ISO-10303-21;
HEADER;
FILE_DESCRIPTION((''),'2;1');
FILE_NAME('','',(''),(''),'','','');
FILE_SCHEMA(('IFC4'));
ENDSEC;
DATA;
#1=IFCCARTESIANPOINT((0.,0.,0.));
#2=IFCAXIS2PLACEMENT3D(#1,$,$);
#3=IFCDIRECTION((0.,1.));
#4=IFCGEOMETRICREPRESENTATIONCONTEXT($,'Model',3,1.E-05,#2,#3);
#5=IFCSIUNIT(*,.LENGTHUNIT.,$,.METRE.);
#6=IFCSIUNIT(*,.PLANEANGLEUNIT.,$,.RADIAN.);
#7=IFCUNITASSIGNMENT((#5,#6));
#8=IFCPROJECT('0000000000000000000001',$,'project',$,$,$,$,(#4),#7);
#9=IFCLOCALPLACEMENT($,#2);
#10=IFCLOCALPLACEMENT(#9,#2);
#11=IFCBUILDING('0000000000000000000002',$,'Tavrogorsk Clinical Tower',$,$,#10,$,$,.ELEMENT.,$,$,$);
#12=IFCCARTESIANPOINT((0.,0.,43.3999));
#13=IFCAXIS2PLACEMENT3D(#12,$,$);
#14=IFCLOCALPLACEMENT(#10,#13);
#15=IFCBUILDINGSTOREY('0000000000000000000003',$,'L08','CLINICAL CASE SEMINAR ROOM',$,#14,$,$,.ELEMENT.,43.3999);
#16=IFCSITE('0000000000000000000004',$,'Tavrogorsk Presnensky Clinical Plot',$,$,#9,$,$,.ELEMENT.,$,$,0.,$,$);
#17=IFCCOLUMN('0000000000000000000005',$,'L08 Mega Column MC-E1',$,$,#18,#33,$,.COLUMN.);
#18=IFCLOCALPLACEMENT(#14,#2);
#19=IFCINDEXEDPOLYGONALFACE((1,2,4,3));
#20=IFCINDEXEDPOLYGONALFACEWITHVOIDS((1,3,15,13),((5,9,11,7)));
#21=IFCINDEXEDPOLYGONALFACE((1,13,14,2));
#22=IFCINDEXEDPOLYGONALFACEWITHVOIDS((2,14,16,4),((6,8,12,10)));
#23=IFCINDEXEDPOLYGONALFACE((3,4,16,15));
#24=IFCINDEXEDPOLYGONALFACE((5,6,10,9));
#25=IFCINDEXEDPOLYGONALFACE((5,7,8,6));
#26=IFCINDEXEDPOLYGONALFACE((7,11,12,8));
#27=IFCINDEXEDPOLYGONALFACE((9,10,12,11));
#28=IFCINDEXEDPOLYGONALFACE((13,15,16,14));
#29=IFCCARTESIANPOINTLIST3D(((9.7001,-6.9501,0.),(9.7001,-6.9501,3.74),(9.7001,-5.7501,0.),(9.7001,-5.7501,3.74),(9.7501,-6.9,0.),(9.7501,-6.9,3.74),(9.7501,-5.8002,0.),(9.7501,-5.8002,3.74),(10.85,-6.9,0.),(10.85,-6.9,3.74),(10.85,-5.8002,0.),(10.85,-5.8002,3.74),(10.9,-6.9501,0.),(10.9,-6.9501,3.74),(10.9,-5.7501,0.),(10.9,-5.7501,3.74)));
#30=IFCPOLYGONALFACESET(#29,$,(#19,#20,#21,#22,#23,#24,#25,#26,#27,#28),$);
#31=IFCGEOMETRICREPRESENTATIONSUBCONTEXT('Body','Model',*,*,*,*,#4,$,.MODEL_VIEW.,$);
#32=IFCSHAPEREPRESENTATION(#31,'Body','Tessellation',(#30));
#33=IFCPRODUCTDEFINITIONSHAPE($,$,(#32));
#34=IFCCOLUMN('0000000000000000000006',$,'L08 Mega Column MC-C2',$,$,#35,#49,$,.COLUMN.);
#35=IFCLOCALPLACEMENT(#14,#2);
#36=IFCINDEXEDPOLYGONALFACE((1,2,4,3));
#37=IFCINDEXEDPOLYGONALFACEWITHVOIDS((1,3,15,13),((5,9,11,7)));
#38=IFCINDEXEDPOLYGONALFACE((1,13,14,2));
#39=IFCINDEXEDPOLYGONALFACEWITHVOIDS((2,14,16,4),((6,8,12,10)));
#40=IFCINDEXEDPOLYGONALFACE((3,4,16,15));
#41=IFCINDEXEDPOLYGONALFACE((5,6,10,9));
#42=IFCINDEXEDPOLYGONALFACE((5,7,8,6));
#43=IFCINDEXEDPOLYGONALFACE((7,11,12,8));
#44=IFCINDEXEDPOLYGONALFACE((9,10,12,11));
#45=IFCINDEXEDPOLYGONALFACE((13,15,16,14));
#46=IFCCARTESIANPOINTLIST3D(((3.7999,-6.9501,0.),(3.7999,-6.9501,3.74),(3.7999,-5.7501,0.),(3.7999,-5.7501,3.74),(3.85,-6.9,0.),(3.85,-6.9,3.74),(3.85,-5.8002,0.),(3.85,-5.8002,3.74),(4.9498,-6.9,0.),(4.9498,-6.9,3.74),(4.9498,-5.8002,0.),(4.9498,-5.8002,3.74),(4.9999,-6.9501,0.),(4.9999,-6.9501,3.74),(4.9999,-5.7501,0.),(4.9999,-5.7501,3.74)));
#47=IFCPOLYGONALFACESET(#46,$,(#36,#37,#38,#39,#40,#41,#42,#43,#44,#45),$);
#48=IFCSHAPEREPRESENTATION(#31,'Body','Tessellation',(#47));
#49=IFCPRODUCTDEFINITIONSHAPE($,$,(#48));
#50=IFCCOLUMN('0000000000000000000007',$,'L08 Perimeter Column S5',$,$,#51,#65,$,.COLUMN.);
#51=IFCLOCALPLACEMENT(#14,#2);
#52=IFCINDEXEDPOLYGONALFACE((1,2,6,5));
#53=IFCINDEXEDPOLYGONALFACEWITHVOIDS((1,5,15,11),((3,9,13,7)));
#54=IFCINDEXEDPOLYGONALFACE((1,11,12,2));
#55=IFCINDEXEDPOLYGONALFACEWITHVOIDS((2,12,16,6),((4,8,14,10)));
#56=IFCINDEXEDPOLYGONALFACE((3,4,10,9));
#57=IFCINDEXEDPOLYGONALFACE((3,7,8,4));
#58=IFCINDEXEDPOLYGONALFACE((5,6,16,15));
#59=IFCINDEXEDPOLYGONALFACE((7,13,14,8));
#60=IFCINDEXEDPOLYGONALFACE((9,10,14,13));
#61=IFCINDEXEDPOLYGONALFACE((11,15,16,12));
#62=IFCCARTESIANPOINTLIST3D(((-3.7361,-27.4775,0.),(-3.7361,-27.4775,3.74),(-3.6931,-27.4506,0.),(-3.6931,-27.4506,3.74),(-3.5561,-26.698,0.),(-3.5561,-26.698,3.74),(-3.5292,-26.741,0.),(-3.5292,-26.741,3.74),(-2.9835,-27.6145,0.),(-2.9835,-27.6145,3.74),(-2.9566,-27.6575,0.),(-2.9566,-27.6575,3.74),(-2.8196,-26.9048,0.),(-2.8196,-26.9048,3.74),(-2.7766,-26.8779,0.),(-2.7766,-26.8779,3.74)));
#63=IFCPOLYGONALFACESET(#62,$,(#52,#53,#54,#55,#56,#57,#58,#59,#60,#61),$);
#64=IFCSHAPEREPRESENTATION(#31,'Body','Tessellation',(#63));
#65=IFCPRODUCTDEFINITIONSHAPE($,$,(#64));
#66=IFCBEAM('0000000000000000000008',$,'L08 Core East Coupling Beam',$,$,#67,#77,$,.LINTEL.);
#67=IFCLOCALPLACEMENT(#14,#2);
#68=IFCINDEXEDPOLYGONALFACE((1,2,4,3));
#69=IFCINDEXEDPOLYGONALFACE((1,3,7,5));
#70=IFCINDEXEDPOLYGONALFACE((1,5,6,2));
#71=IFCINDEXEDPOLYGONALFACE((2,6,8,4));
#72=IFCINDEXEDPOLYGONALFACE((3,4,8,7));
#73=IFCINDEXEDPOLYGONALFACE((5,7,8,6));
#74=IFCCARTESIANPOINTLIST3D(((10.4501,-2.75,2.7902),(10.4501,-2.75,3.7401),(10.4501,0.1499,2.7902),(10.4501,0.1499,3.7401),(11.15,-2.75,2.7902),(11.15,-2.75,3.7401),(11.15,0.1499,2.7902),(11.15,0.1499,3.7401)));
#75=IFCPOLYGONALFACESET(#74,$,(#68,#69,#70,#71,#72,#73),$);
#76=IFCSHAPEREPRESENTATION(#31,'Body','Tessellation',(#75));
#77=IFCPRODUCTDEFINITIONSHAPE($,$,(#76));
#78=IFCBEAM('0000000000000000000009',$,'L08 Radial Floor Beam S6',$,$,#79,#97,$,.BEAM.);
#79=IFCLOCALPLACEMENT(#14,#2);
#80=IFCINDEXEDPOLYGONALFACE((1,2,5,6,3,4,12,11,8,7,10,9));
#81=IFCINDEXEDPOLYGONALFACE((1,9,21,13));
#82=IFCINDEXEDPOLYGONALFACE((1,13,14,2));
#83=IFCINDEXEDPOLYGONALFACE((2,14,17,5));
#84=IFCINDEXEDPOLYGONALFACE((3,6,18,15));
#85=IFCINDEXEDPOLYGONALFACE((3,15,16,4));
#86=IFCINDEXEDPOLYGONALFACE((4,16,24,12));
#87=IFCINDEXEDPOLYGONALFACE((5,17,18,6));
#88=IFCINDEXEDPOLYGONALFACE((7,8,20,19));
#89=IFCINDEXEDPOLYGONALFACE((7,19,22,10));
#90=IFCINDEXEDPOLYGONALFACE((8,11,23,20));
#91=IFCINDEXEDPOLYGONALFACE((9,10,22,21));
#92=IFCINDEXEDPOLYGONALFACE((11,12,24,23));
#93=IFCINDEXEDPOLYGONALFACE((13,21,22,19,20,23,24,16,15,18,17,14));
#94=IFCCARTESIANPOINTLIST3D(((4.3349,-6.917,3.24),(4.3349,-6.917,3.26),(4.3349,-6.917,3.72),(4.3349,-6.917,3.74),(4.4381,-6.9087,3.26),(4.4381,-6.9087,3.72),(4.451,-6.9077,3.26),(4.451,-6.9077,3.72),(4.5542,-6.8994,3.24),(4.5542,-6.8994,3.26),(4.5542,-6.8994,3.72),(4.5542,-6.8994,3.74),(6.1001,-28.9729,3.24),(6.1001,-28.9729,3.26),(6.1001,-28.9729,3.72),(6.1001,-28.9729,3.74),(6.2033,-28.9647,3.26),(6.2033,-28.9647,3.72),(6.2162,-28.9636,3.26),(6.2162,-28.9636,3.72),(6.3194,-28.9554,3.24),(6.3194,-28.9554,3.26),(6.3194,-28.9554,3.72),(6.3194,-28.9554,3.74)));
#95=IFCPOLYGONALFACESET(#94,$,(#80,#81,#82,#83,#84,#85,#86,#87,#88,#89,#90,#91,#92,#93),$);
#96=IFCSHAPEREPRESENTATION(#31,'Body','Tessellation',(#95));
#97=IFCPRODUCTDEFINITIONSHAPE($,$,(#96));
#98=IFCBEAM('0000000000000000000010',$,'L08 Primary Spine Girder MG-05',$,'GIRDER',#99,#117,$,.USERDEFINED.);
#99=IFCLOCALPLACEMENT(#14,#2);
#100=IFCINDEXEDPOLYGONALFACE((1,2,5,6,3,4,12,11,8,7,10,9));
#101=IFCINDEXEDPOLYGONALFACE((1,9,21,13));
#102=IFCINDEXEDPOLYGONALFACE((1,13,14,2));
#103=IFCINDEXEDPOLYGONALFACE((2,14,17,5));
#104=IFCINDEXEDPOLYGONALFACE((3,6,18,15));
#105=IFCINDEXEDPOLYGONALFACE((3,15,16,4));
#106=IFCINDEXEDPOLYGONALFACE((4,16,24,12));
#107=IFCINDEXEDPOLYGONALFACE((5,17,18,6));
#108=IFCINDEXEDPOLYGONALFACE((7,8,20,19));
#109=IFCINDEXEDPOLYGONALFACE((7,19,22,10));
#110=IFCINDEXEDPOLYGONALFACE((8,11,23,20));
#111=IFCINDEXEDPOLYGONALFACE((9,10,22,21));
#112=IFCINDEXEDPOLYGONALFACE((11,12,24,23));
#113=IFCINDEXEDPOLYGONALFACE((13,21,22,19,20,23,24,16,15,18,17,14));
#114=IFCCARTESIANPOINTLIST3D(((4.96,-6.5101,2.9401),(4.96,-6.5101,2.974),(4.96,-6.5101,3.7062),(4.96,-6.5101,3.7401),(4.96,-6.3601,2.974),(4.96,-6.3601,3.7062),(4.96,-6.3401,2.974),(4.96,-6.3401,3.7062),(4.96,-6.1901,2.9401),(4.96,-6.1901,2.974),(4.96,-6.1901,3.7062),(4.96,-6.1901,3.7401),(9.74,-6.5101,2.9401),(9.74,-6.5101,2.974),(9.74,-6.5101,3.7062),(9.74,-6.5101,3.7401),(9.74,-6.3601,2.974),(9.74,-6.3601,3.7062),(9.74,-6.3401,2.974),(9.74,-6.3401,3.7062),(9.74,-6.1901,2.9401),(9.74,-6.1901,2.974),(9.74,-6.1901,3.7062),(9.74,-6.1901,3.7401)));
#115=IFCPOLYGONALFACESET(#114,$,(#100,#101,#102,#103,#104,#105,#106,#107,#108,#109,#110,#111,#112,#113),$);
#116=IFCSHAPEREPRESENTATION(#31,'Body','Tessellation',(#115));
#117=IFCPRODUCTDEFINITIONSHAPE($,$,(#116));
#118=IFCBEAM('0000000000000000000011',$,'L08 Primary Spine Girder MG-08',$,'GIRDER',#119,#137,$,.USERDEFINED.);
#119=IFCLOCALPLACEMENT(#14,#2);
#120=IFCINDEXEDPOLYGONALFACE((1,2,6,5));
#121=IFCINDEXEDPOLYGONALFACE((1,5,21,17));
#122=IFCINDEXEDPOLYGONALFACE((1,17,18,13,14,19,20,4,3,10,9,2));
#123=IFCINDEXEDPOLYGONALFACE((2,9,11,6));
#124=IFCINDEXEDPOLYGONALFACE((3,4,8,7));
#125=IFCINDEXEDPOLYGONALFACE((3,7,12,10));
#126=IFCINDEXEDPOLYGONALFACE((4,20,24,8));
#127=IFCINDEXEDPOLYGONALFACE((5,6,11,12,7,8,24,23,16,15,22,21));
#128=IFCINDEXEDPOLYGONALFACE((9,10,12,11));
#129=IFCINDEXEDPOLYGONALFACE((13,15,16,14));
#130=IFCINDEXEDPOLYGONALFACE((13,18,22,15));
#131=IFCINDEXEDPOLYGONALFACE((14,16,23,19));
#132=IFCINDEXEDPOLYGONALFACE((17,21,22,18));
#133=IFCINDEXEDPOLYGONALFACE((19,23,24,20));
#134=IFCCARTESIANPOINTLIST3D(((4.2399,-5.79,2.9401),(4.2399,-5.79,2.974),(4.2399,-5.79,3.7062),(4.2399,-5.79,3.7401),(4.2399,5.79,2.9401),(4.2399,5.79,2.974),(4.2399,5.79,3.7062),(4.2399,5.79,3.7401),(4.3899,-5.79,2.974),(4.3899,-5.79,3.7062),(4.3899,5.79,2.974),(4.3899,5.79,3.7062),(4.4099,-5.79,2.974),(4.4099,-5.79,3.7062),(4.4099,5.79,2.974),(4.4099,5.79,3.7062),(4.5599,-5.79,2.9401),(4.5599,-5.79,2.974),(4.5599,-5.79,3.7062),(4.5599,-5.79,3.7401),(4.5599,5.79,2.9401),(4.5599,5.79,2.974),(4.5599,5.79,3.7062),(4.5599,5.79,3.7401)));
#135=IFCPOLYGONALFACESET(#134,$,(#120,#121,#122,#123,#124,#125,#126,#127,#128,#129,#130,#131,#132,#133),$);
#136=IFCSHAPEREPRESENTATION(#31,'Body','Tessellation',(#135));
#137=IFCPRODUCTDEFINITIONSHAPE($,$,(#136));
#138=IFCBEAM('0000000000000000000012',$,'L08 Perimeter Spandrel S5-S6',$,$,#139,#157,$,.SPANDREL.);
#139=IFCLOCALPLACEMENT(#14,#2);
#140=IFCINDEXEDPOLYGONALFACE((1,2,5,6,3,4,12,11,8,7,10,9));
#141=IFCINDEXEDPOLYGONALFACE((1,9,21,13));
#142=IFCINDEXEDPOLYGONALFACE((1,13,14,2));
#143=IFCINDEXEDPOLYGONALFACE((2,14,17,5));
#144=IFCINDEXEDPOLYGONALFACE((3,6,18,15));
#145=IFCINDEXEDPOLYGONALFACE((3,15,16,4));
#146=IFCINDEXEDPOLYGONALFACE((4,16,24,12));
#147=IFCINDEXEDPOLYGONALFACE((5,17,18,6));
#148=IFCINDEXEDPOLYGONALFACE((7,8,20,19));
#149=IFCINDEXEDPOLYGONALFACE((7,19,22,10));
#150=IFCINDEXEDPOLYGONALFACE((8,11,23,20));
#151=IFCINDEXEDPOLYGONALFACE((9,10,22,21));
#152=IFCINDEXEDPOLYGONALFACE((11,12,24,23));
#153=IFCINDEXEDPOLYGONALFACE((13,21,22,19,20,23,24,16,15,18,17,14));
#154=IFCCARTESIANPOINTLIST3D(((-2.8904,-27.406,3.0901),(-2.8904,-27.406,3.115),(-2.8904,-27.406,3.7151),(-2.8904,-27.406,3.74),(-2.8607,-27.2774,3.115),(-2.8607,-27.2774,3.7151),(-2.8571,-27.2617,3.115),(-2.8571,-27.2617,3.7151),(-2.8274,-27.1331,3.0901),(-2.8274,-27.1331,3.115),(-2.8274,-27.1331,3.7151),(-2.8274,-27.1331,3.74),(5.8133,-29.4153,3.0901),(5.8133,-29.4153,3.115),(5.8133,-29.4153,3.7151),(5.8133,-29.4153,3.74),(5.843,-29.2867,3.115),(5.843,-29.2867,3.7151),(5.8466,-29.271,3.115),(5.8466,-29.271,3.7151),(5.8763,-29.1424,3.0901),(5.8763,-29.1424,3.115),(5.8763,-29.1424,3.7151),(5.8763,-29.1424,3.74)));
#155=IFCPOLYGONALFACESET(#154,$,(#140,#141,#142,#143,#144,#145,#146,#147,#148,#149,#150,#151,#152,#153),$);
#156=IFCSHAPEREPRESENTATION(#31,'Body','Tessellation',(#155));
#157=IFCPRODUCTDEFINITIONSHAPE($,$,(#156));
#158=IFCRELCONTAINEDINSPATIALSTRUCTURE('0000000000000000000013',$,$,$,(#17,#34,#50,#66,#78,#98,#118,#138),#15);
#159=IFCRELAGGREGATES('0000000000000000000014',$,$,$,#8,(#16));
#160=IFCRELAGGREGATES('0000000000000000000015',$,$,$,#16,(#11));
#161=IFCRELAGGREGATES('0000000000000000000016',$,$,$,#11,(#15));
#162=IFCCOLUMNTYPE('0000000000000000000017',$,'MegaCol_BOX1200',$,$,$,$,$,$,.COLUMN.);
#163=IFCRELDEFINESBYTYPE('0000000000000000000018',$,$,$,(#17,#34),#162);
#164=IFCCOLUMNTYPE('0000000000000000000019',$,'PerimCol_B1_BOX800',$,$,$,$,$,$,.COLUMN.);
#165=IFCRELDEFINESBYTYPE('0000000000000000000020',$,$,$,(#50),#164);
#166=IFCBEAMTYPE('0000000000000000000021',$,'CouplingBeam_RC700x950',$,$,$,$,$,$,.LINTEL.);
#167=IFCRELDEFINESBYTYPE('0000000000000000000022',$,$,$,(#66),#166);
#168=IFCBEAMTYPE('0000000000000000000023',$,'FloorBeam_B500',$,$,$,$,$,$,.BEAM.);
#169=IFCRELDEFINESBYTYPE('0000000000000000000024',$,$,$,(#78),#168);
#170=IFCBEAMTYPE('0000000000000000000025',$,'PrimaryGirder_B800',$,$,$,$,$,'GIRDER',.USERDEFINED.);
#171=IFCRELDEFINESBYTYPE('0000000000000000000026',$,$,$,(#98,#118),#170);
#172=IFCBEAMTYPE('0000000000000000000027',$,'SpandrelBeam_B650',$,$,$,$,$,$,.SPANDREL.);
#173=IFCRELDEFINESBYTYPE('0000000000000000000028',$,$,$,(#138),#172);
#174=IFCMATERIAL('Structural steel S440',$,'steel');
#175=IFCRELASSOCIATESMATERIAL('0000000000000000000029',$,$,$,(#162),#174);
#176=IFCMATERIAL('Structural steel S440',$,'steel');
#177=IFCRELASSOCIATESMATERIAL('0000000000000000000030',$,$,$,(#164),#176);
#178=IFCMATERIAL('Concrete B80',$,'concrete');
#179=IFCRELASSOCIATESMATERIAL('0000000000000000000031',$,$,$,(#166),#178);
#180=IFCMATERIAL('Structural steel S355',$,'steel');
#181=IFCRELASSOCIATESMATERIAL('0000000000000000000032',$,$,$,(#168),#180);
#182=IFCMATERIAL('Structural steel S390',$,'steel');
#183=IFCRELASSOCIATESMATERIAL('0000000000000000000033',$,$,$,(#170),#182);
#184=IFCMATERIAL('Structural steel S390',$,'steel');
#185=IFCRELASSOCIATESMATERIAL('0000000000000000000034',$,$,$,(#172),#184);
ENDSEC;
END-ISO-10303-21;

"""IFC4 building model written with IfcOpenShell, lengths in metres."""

from ifc_helpers import new_model, si_unit, direction, frame, origin, origin_2d, place, context, subcontext, project, spatial, rectangle, hollow_rectangle, i_section, extrude, material, material_profile, profile_set, type_object, element, save


model = new_model("IFC4")

# Units and contexts
model_context = context("Model", 3, precision=1e-05, world=origin(), true_north=direction((0.0, 1.0)))
body_context = subcontext(model_context, "Body", "Model", "MODEL_VIEW")
ifc_project = project(units=[si_unit("LENGTHUNIT", "METRE"), si_unit("PLANEANGLEUNIT", "RADIAN")], contexts=[model_context])

# Site, building, storey
site_placement = place(None, origin())
site = spatial("IfcSite", under=ifc_project, at=site_placement, Name="Tavrogorsk Presnensky Clinical Plot", CompositionType="ELEMENT", RefElevation=0.0)
building_placement = place(site_placement, origin())
building = spatial("IfcBuilding", under=site, at=building_placement, Name="Tavrogorsk Clinical Tower", CompositionType="ELEMENT")
storey_placement = place(building_placement, frame((0.0, 0.0, 43.3999)))
storey = spatial("IfcBuildingStorey", under=building, at=storey_placement, Name="L08", Description="CLINICAL CASE SEMINAR ROOM", CompositionType="ELEMENT", Elevation=43.3999)

# Columns
ifc_material_1 = material(Name="Structural steel S440", Category="steel")
ifc_material_profile_1 = material_profile(ifc_material_1, hollow_rectangle(XDim=1.2, YDim=1.2, WallThickness=0.05, at=origin_2d()), Name="BOX-1200x1200x50")
ifc_profile_set_1 = profile_set([ifc_material_profile_1], Name="Structural steel S440")
column_type_1 = type_object("IfcColumnType", Name="MegaCol_BOX1200", PredefinedType="COLUMN", material=ifc_profile_set_1)
for number, where, z_axis, x_axis, name in (
    (1, (10.3, -6.3501, 0.0), (0.0, 0.0, 1.0), (1.0, 0.0, 0.0), "L08 Mega Column MC-E1"),
    (2, (4.3999, -6.3501, 0.0), (0.0, 0.0, 1.0), (1.0, 0.0, 0.0), "L08 Mega Column MC-C2"),
):
    element("IfcColumn", number, at=place(storey_placement, frame(where, z_axis=z_axis, x_axis=x_axis)), inside=storey, type_object=column_type_1, Name=name, PredefinedType="COLUMN", context=body_context, shape_type="SweptSolid", body=[
        extrude(hollow_rectangle(XDim=1.2, YDim=1.2, WallThickness=0.05, at=origin_2d()), origin(), (0.0, 0.0, 1.0), 3.74),
    ])
ifc_material_2 = material(Name="Structural steel S440", Category="steel")
ifc_material_profile_2 = material_profile(ifc_material_2, hollow_rectangle(XDim=0.8, YDim=0.8, WallThickness=0.0359, at=origin_2d()), Name="BOX-800x800x36")
ifc_profile_set_2 = profile_set([ifc_material_profile_2], Name="Structural steel S440")
column_type_2 = type_object("IfcColumnType", Name="PerimCol_B1_BOX800", PredefinedType="COLUMN", material=ifc_profile_set_2)
column_placement = place(storey_placement, frame((-3.2563, -27.1777, 0.0), z_axis=(0.0, 0.0, 1.0), x_axis=(0.97437, -0.224951, 0.0)))
element("IfcColumn", 3, at=column_placement, inside=storey, type_object=column_type_2, Name="L08 Perimeter Column S5", PredefinedType="COLUMN", context=body_context, shape_type="SweptSolid", body=[
    extrude(hollow_rectangle(XDim=0.8, YDim=0.8, WallThickness=0.0359, at=origin_2d()), origin(), (0.0, 0.0, 1.0), 3.74),
])

# Beams
ifc_material_3 = material(Name="Concrete B80", Category="concrete")
ifc_material_profile_3 = material_profile(ifc_material_3, rectangle(XDim=0.7, YDim=0.95, at=origin_2d()), Name="RC-CB-700x950")
ifc_profile_set_3 = profile_set([ifc_material_profile_3], Name="Concrete B80")
beam_type_1 = type_object("IfcBeamType", Name="CouplingBeam_RC700x950", PredefinedType="LINTEL", material=ifc_profile_set_3)
beam_1_placement = place(storey_placement, frame((10.8, -2.75, 3.2651), z_axis=(0.0, 1.0, 0.0), x_axis=(-1.0, 0.0, 0.0)))
element("IfcBeam", 4, at=beam_1_placement, inside=storey, type_object=beam_type_1, Name="L08 Core East Coupling Beam", PredefinedType="LINTEL", context=body_context, shape_type="SweptSolid", body=[
    extrude(rectangle(XDim=0.7, YDim=0.95, at=origin_2d()), origin(), (0.0, 0.0, 1.0), 2.8999),
])
ifc_material_4 = material(Name="Structural steel S355", Category="steel")
ifc_material_profile_4 = material_profile(ifc_material_4, i_section(OverallWidth=0.22, OverallDepth=0.5, WebThickness=0.0129, FlangeThickness=0.02, at=origin_2d()), Name="B-500x220x13x20")
ifc_profile_set_4 = profile_set([ifc_material_profile_4], Name="Structural steel S355")
beam_type_2 = type_object("IfcBeamType", Name="FloorBeam_B500", PredefinedType="BEAM", material=ifc_profile_set_4)
beam_2_placement = place(storey_placement, frame((4.4446, -6.9082, 3.49), z_axis=(0.079775, -0.996813, 0.0), x_axis=(0.996813, 0.079775, 0.0)))
element("IfcBeam", 5, at=beam_2_placement, inside=storey, type_object=beam_type_2, Name="L08 Radial Floor Beam S6", PredefinedType="BEAM", context=body_context, shape_type="SweptSolid", body=[
    extrude(i_section(OverallWidth=0.22, OverallDepth=0.5, WebThickness=0.0129, FlangeThickness=0.02, at=origin_2d()), origin(), (0.0, 0.0, 1.0), 22.1265),
])
ifc_material_5 = material(Name="Structural steel S390", Category="steel")
ifc_material_profile_5 = material_profile(ifc_material_5, i_section(OverallWidth=0.3201, OverallDepth=0.8, WebThickness=0.02, FlangeThickness=0.0339, at=origin_2d()), Name="B-800x320x20x34")
ifc_profile_set_5 = profile_set([ifc_material_profile_5], Name="Structural steel S390")
beam_type_3 = type_object("IfcBeamType", Name="PrimaryGirder_B800", ElementType="GIRDER", PredefinedType="USERDEFINED", material=ifc_profile_set_5)
beam_3_placement = place(storey_placement, frame((4.96, -6.3501, 3.3401), z_axis=(1.0, 0.0, 0.0), x_axis=(0.0, 1.0, 0.0)))
element("IfcBeam", 6, at=beam_3_placement, inside=storey, type_object=beam_type_3, Name="L08 Primary Spine Girder MG-05", ObjectType="GIRDER", PredefinedType="USERDEFINED", context=body_context, shape_type="SweptSolid", body=[
    extrude(i_section(OverallWidth=0.3201, OverallDepth=0.8, WebThickness=0.02, FlangeThickness=0.0339, at=origin_2d()), origin(), (0.0, 0.0, 1.0), 4.78),
])
beam_4_placement = place(storey_placement, frame((4.3999, -5.79, 3.3401), z_axis=(0.0, 1.0, 0.0), x_axis=(-1.0, 0.0, 0.0)))
element("IfcBeam", 7, at=beam_4_placement, inside=storey, type_object=beam_type_3, Name="L08 Primary Spine Girder MG-08", ObjectType="GIRDER", PredefinedType="USERDEFINED", context=body_context, shape_type="SweptSolid", body=[
    extrude(i_section(OverallWidth=0.3201, OverallDepth=0.8, WebThickness=0.02, FlangeThickness=0.0339, at=origin_2d()), origin(), (0.0, 0.0, 1.0), 11.5801),
])
ifc_material_6 = material(Name="Structural steel S390", Category="steel")
ifc_material_profile_6 = material_profile(ifc_material_6, i_section(OverallWidth=0.28, OverallDepth=0.6499, WebThickness=0.0161, FlangeThickness=0.0249, at=origin_2d()), Name="B-650x280x16x25")
ifc_profile_set_6 = profile_set([ifc_material_profile_6], Name="Structural steel S390")
beam_type_4 = type_object("IfcBeamType", Name="SpandrelBeam_B650", PredefinedType="SPANDREL", material=ifc_profile_set_6)
beam_5_placement = place(storey_placement, frame((-2.8589, -27.2695, 3.415), z_axis=(0.974373, -0.224939, 0.0), x_axis=(0.224939, 0.974373, 0.0)))
element("IfcBeam", 8, at=beam_5_placement, inside=storey, type_object=beam_type_4, Name="L08 Perimeter Spandrel S5-S6", PredefinedType="SPANDREL", context=body_context, shape_type="SweptSolid", body=[
    extrude(i_section(OverallWidth=0.28, OverallDepth=0.6499, WebThickness=0.0161, FlangeThickness=0.0249, at=origin_2d()), origin(), (0.0, 0.0, 1.0), 8.9326),
])

save(model, "model.ifc")
